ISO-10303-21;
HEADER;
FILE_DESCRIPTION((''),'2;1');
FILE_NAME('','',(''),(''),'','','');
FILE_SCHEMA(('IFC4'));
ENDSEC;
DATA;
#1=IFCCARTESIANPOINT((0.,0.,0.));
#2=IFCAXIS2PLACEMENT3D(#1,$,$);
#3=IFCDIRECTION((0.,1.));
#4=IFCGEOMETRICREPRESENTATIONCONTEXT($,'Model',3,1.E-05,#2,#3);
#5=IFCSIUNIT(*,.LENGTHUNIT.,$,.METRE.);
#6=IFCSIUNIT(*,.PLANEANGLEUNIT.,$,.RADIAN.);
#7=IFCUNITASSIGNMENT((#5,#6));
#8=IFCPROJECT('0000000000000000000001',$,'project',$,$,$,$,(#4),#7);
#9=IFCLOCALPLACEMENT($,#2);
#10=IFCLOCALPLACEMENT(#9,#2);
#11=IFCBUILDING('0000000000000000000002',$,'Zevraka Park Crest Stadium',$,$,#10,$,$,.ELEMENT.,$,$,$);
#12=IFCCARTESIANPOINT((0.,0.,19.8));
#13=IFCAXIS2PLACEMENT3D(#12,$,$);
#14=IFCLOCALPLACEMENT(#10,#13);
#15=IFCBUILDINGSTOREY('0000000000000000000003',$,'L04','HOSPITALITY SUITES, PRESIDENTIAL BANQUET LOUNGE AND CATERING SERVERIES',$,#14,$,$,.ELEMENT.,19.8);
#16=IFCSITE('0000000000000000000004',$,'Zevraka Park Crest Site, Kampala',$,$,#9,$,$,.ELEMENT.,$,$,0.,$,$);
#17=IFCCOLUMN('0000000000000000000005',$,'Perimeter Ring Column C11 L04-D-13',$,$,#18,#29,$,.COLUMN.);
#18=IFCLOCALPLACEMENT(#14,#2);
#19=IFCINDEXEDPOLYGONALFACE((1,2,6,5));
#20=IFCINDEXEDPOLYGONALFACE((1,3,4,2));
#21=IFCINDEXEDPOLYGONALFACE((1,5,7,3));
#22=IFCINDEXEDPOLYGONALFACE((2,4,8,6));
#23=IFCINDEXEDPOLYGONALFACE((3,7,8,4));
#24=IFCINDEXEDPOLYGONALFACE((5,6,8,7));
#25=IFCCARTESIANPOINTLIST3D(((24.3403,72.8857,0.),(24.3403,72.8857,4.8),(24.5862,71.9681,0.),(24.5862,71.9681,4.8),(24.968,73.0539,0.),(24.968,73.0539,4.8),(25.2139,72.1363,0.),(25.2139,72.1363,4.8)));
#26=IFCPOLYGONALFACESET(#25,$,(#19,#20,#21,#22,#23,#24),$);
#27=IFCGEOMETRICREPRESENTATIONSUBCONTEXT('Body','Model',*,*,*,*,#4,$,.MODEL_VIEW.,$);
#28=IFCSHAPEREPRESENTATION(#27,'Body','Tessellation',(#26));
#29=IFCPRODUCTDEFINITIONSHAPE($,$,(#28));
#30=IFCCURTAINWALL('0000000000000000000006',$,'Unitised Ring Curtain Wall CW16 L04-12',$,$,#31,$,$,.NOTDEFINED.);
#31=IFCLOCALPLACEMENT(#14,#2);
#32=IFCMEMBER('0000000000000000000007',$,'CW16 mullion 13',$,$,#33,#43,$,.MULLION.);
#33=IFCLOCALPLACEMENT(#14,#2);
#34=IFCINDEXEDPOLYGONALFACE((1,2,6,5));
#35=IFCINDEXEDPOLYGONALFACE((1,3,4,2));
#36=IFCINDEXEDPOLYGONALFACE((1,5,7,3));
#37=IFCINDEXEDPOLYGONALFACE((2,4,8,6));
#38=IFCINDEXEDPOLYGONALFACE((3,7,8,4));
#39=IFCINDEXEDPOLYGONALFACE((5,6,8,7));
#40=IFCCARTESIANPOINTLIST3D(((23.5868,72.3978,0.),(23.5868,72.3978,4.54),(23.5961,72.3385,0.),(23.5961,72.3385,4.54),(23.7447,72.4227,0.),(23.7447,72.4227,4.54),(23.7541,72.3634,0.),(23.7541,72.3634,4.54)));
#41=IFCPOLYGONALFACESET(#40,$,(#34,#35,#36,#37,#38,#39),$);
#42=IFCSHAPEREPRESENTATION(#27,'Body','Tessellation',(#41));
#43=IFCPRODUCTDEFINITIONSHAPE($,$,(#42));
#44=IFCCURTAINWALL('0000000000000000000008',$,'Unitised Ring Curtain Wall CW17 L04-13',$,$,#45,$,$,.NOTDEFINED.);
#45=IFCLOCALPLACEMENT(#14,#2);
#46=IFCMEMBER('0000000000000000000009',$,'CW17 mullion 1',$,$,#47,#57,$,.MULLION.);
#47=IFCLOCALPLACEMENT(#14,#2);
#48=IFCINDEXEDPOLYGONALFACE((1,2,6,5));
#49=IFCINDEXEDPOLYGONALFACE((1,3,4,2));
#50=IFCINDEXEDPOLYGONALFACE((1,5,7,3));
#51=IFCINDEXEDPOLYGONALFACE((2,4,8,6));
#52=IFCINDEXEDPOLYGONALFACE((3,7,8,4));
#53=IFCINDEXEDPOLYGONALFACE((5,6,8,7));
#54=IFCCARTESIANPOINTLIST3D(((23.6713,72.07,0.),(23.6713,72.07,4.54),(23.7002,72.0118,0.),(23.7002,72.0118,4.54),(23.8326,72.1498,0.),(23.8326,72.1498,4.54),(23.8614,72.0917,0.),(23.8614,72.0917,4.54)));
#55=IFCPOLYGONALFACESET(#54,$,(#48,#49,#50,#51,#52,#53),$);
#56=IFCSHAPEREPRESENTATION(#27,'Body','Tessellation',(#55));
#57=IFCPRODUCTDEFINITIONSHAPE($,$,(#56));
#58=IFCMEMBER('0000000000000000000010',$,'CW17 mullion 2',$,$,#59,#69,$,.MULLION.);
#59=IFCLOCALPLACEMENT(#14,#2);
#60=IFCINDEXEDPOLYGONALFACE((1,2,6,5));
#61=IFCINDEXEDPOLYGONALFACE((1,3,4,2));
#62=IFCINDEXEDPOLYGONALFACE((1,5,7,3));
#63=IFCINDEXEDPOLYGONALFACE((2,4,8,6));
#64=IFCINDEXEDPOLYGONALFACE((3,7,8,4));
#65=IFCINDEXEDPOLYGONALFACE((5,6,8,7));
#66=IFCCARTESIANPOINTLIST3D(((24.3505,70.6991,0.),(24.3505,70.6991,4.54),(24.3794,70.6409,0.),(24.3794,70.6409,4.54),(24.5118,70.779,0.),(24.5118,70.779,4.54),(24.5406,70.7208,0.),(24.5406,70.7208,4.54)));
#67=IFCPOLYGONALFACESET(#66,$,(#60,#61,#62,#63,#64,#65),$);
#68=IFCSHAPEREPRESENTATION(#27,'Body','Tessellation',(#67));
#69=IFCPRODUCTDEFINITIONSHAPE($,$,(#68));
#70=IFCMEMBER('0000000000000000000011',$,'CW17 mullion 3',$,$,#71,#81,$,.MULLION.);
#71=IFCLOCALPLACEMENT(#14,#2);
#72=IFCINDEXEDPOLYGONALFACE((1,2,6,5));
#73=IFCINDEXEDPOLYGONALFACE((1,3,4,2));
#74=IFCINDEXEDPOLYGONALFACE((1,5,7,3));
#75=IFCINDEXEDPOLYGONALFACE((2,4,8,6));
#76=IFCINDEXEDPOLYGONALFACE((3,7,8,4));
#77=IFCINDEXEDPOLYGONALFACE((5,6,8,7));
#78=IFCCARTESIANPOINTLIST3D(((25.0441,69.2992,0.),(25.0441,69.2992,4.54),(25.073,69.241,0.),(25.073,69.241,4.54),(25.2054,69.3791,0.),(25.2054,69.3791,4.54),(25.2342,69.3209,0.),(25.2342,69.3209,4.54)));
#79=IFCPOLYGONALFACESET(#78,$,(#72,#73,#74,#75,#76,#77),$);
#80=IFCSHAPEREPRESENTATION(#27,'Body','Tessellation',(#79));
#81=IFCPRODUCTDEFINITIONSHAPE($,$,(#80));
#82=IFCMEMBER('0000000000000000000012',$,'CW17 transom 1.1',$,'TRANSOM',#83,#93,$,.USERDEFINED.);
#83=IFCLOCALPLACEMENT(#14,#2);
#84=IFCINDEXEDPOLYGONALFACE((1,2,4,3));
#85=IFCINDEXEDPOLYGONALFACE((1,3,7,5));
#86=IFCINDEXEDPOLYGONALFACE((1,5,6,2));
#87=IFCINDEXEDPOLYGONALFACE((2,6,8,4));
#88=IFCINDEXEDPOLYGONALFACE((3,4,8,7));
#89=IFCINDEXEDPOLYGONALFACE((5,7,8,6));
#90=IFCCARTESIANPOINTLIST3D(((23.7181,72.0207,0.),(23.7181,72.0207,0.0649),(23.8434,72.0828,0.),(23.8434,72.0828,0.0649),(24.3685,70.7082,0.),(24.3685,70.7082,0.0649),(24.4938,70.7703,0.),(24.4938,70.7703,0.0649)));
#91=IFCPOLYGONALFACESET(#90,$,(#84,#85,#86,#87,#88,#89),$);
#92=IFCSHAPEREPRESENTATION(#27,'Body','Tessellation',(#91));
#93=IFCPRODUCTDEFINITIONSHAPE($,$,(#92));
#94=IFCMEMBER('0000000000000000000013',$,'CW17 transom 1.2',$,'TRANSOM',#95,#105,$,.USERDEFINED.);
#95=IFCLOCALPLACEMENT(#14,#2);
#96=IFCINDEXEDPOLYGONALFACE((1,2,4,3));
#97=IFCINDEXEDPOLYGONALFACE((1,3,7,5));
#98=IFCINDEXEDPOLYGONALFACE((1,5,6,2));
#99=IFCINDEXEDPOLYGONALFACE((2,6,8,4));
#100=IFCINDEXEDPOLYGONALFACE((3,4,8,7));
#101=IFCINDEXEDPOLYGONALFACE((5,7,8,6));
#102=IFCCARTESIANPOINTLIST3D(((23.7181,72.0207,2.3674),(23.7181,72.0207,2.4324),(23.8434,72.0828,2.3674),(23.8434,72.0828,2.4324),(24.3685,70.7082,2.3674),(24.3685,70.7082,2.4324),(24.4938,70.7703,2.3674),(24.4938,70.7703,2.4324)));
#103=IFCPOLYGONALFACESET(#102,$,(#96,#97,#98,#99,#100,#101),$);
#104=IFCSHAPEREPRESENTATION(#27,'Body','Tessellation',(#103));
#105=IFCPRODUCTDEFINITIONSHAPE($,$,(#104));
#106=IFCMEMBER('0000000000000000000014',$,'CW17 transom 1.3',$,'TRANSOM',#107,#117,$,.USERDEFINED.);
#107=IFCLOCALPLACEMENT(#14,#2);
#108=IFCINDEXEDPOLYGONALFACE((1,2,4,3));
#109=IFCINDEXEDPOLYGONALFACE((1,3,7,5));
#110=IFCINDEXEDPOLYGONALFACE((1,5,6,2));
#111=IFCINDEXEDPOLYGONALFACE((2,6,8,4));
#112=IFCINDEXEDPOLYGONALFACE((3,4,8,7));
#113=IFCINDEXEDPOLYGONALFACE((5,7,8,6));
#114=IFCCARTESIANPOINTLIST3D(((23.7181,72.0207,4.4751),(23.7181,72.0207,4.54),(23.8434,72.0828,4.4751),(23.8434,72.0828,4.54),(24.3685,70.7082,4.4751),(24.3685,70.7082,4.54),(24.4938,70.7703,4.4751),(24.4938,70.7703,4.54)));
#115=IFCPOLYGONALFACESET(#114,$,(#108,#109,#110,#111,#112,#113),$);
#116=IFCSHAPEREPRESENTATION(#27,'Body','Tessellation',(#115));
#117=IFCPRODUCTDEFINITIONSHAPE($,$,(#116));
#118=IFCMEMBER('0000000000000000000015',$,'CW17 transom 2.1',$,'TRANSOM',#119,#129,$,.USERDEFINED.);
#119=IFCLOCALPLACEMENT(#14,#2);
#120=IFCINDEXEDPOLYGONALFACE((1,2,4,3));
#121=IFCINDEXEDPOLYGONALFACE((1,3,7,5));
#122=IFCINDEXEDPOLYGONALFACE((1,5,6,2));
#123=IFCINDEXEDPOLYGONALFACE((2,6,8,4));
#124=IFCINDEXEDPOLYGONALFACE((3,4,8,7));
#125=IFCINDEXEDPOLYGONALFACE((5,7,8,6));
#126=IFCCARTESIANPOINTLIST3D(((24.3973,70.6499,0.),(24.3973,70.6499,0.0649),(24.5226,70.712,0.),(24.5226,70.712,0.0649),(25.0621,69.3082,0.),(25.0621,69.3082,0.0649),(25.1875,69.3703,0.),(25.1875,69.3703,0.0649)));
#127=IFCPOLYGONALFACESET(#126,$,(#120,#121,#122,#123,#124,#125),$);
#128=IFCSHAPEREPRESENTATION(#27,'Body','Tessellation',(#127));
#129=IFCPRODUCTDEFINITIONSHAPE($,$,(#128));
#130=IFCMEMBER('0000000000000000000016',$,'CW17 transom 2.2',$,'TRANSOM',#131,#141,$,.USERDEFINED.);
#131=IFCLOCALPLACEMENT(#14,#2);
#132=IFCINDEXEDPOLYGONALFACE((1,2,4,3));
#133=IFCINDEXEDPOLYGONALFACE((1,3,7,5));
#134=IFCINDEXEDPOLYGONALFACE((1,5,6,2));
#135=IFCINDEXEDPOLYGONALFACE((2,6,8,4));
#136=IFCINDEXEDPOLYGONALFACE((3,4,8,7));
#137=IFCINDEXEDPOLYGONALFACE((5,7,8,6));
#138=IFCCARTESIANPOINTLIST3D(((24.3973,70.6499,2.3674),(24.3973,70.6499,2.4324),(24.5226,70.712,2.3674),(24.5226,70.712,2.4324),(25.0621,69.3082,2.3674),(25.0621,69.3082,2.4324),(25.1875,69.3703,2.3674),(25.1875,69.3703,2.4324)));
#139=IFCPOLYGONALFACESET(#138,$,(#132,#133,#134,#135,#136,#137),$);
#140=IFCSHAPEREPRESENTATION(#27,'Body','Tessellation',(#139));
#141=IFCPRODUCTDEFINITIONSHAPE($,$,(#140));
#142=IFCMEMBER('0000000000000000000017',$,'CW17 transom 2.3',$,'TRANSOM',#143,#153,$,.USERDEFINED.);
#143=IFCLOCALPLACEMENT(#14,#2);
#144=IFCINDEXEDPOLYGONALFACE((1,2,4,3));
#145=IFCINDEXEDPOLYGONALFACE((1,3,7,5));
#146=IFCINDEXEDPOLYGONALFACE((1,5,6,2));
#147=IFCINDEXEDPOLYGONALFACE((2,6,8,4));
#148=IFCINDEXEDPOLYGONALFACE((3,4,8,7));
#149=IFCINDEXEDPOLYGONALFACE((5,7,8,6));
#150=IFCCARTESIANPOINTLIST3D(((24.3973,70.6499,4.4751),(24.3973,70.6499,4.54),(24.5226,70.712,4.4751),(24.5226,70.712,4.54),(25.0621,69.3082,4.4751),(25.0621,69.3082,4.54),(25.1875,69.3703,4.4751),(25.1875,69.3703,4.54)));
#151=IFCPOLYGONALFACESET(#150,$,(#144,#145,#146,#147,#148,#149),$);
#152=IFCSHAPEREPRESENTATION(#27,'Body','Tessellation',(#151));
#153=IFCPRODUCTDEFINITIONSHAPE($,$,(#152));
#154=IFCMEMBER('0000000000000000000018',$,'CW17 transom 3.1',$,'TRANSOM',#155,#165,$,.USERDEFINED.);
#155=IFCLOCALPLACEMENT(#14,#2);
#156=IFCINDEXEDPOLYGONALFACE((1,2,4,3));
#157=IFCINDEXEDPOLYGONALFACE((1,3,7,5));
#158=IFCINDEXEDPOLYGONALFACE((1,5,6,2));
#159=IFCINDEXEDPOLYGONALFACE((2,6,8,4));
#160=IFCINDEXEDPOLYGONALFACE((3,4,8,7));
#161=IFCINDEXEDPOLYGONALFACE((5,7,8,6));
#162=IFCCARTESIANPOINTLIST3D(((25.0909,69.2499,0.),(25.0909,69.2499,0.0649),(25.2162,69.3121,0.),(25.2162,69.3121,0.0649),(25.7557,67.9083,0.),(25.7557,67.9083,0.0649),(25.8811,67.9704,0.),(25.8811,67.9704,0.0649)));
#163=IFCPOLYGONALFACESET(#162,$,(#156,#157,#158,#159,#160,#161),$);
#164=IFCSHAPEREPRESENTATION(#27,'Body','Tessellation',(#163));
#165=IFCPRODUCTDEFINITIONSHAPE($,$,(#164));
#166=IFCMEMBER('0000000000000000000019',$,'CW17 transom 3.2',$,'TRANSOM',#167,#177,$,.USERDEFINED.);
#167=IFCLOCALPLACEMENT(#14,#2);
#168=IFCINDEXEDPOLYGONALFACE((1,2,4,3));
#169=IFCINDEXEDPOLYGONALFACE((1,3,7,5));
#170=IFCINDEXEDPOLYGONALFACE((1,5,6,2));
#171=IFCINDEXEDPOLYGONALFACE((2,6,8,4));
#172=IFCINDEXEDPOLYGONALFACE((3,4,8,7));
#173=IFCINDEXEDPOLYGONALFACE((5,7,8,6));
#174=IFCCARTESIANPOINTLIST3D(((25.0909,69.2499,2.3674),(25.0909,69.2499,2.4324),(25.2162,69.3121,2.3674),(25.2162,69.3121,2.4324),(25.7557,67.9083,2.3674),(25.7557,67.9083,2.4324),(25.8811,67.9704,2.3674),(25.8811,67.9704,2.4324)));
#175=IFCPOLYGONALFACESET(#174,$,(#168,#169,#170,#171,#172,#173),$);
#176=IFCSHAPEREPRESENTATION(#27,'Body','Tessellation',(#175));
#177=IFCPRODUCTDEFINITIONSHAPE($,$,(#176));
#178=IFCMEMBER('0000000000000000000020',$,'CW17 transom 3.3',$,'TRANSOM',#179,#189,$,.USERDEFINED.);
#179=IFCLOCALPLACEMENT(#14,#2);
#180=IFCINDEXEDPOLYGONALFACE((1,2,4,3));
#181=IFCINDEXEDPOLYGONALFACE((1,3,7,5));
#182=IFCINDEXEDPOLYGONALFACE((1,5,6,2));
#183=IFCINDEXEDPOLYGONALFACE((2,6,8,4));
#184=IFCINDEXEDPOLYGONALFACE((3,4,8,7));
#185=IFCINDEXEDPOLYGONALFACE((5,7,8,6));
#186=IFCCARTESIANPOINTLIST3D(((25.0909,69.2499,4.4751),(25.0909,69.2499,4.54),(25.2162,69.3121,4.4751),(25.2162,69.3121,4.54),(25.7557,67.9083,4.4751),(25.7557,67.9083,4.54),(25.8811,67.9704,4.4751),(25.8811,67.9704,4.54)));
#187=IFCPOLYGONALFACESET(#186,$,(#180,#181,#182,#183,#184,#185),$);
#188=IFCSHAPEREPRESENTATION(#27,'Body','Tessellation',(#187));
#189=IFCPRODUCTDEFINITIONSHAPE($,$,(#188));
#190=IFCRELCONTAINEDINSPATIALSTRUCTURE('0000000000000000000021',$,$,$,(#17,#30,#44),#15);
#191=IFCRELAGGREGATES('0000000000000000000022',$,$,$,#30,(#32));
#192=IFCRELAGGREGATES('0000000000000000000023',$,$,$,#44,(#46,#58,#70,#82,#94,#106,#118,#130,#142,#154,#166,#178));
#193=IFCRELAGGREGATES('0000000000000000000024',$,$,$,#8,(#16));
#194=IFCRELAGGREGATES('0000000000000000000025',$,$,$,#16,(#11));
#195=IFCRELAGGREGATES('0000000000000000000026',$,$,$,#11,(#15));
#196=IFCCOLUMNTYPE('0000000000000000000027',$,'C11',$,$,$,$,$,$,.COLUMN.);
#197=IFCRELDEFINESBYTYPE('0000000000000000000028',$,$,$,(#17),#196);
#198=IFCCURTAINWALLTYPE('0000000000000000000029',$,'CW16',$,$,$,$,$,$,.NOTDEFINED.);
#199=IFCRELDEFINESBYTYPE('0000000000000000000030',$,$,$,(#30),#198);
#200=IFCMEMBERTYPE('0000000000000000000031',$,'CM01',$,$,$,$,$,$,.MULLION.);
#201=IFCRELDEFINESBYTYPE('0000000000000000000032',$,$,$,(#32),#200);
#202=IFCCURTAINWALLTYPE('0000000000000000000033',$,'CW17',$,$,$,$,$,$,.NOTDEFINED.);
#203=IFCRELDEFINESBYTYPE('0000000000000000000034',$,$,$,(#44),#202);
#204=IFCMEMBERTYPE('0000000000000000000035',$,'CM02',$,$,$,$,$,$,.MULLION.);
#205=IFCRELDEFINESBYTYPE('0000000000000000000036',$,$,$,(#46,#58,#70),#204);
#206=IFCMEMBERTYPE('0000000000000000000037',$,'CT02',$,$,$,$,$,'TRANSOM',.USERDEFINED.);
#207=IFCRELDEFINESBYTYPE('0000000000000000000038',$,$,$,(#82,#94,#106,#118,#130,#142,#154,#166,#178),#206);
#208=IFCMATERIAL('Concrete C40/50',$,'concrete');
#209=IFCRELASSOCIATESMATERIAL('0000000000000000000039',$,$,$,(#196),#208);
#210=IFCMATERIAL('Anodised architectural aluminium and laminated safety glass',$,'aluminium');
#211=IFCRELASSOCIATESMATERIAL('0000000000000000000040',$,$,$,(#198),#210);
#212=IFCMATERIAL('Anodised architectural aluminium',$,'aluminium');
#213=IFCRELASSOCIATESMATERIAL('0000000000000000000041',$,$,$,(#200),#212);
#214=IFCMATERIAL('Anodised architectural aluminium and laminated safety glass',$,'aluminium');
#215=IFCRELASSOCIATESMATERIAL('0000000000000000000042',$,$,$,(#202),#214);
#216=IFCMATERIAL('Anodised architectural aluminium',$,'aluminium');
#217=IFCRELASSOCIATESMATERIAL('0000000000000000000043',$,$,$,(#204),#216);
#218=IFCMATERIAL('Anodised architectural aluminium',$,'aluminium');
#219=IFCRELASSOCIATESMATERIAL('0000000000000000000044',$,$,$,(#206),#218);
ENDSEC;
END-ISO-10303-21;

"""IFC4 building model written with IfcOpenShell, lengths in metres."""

from ifc_helpers import new_model, si_unit, direction, frame, origin, origin_2d, place, context, subcontext, project, spatial, rectangle, extrude, material, material_profile, profile_set, type_object, element, aggregate, save


model = new_model("IFC4")

# Units and contexts
model_context = context("Model", 3, precision=1e-05, world=origin(), true_north=direction((0.0, 1.0)))
body_context = subcontext(model_context, "Body", "Model", "MODEL_VIEW")
ifc_project = project(units=[si_unit("LENGTHUNIT", "METRE"), si_unit("PLANEANGLEUNIT", "RADIAN")], contexts=[model_context])

# Site, building, storey
site_placement = place(None, origin())
site = spatial("IfcSite", under=ifc_project, at=site_placement, Name="Zevraka Park Crest Site, Kampala", CompositionType="ELEMENT", RefElevation=0.0)
building_placement = place(site_placement, origin())
building = spatial("IfcBuilding", under=site, at=building_placement, Name="Zevraka Park Crest Stadium", CompositionType="ELEMENT")
storey_placement = place(building_placement, frame((0.0, 0.0, 19.8)))
storey = spatial("IfcBuildingStorey", under=building, at=storey_placement, Name="L04", Description="HOSPITALITY SUITES, PRESIDENTIAL BANQUET LOUNGE AND CATERING SERVERIES", CompositionType="ELEMENT", Elevation=19.8)

# Column
ifc_material_1 = material(Name="Concrete C40/50", Category="concrete")
ifc_material_profile_1 = material_profile(ifc_material_1, rectangle(XDim=0.6499, YDim=0.95, at=origin_2d()), Name="RC 950x650")
ifc_profile_set_1 = profile_set([ifc_material_profile_1], Name="Concrete C40/50")
column_type = type_object("IfcColumnType", Name="C11", PredefinedType="COLUMN", material=ifc_profile_set_1)
column_placement = place(storey_placement, frame((24.7771, 72.511, 0.0), z_axis=(0.0, 0.0, 1.0), x_axis=(0.965926, 0.258819, 0.0)))
element("IfcColumn", 1, at=column_placement, inside=storey, type_object=column_type, Name="Perimeter Ring Column C11 L04-D-13", PredefinedType="COLUMN", context=body_context, shape_type="SweptSolid", body=[
    extrude(rectangle(XDim=0.6499, YDim=0.95, at=origin_2d()), origin(), (0.0, 0.0, 1.0), 4.8),
])

# Curtain wall, member
ifc_material_2 = material(Name="Anodised architectural aluminium and laminated safety glass", Category="aluminium")
curtain_wall_type_1 = type_object("IfcCurtainWallType", Name="CW16", PredefinedType="NOTDEFINED", material=ifc_material_2)
curtain_wall_1_placement = place(storey_placement, origin())
curtain_wall_1 = element("IfcCurtainWall", 2, at=curtain_wall_1_placement, inside=storey, type_object=curtain_wall_type_1, Name="Unitised Ring Curtain Wall CW16 L04-12", PredefinedType="NOTDEFINED")
ifc_material_3 = material(Name="Anodised architectural aluminium", Category="aluminium")
ifc_material_profile_2 = material_profile(ifc_material_3, rectangle(XDim=0.1599, YDim=0.0601, at=origin_2d()), Name="ALU MULLION 160x60")
ifc_profile_set_2 = profile_set([ifc_material_profile_2], Name="Anodised architectural aluminium")
member_type_1 = type_object("IfcMemberType", Name="CM01", PredefinedType="MULLION", material=ifc_profile_set_2)
member_1_placement = place(storey_placement, frame((23.6704, 72.3806, 0.0), z_axis=(0.0, 0.0, 1.0), x_axis=(0.98783, 0.155539, 0.0)))
member_1 = element("IfcMember", 3, at=member_1_placement, type_object=member_type_1, Name="CW16 mullion 13", PredefinedType="MULLION", context=body_context, shape_type="SweptSolid", body=[
    extrude(rectangle(XDim=0.1599, YDim=0.0601, at=origin_2d()), origin(), (0.0, 0.0, 1.0), 4.54),
])

# Curtain wall, members
ifc_material_4 = material(Name="Anodised architectural aluminium and laminated safety glass", Category="aluminium")
curtain_wall_type_2 = type_object("IfcCurtainWallType", Name="CW17", PredefinedType="NOTDEFINED", material=ifc_material_4)
curtain_wall_2_placement = place(storey_placement, origin())
curtain_wall_2 = element("IfcCurtainWall", 4, at=curtain_wall_2_placement, inside=storey, type_object=curtain_wall_type_2, Name="Unitised Ring Curtain Wall CW17 L04-13", PredefinedType="NOTDEFINED")
ifc_material_5 = material(Name="Anodised architectural aluminium", Category="aluminium")
ifc_material_profile_3 = material_profile(ifc_material_5, rectangle(XDim=0.1799, YDim=0.0649, at=origin_2d()), Name="ALU MULLION 180x65")
ifc_profile_set_3 = profile_set([ifc_material_profile_3], Name="Anodised architectural aluminium")
member_type_2 = type_object("IfcMemberType", Name="CM02", PredefinedType="MULLION", material=ifc_profile_set_3)
member_2_placement = place(storey_placement, frame((23.7664, 72.0808, 0.0), z_axis=(0.0, 0.0, 1.0), x_axis=(0.896046, 0.443961, 0.0)))
member_2 = element("IfcMember", 5, at=member_2_placement, type_object=member_type_2, Name="CW17 mullion 1", PredefinedType="MULLION", context=body_context, shape_type="SweptSolid", body=[
    extrude(rectangle(XDim=0.1799, YDim=0.0649, at=origin_2d()), origin(), (0.0, 0.0, 1.0), 4.54),
])
member_3_placement = place(storey_placement, frame((24.4456, 70.71, 0.0), z_axis=(0.0, 0.0, 1.0), x_axis=(0.896046, 0.443961, 0.0)))
member_3 = element("IfcMember", 6, at=member_3_placement, type_object=member_type_2, Name="CW17 mullion 2", PredefinedType="MULLION", context=body_context, shape_type="SweptSolid", body=[
    extrude(rectangle(XDim=0.1799, YDim=0.0649, at=origin_2d()), origin(), (0.0, 0.0, 1.0), 4.54),
])
member_4_placement = place(storey_placement, frame((25.1392, 69.3101, 0.0), z_axis=(0.0, 0.0, 1.0), x_axis=(0.896046, 0.443961, 0.0)))
member_4 = element("IfcMember", 7, at=member_4_placement, type_object=member_type_2, Name="CW17 mullion 3", PredefinedType="MULLION", context=body_context, shape_type="SweptSolid", body=[
    extrude(rectangle(XDim=0.1799, YDim=0.0649, at=origin_2d()), origin(), (0.0, 0.0, 1.0), 4.54),
])
ifc_material_6 = material(Name="Anodised architectural aluminium", Category="aluminium")
ifc_material_profile_4 = material_profile(ifc_material_6, rectangle(XDim=0.1399, YDim=0.0649, at=origin_2d()), Name="ALU TRANSOM 140x65")
ifc_profile_set_4 = profile_set([ifc_material_profile_4], Name="Anodised architectural aluminium")
member_type_3 = type_object("IfcMemberType", Name="CT02", ElementType="TRANSOM", PredefinedType="USERDEFINED", material=ifc_profile_set_4)
member_5_placement = place(storey_placement, frame((23.7808, 72.0518, 0.0325), z_axis=(0.444011, -0.896022, 0.0), x_axis=(0.896022, 0.444011, 0.0)))
member_5 = element("IfcMember", 8, at=member_5_placement, type_object=member_type_3, Name="CW17 transom 1.1", ObjectType="TRANSOM", PredefinedType="USERDEFINED", context=body_context, shape_type="SweptSolid", body=[
    extrude(rectangle(XDim=0.1399, YDim=0.0649, at=origin_2d()), origin(), (0.0, 0.0, 1.0), 1.4648),
])
member_6_placement = place(storey_placement, frame((23.7808, 72.0518, 2.3999), z_axis=(0.444011, -0.896022, 0.0), x_axis=(0.896022, 0.444011, 0.0)))
member_6 = element("IfcMember", 9, at=member_6_placement, type_object=member_type_3, Name="CW17 transom 1.2", ObjectType="TRANSOM", PredefinedType="USERDEFINED", context=body_context, shape_type="SweptSolid", body=[
    extrude(rectangle(XDim=0.1399, YDim=0.0649, at=origin_2d()), origin(), (0.0, 0.0, 1.0), 1.4648),
])
member_7_placement = place(storey_placement, frame((23.7808, 72.0518, 4.5076), z_axis=(0.444011, -0.896022, 0.0), x_axis=(0.896022, 0.444011, 0.0)))
member_7 = element("IfcMember", 10, at=member_7_placement, type_object=member_type_3, Name="CW17 transom 1.3", ObjectType="TRANSOM", PredefinedType="USERDEFINED", context=body_context, shape_type="SweptSolid", body=[
    extrude(rectangle(XDim=0.1399, YDim=0.0649, at=origin_2d()), origin(), (0.0, 0.0, 1.0), 1.4648),
])
member_8_placement = place(storey_placement, frame((24.46, 70.6809, 0.0325), z_axis=(0.444015, -0.896019, 0.0), x_axis=(0.896019, 0.444015, 0.0)))
member_8 = element("IfcMember", 11, at=member_8_placement, type_object=member_type_3, Name="CW17 transom 2.1", ObjectType="TRANSOM", PredefinedType="USERDEFINED", context=body_context, shape_type="SweptSolid", body=[
    extrude(rectangle(XDim=0.1399, YDim=0.0649, at=origin_2d()), origin(), (0.0, 0.0, 1.0), 1.4973),
])
member_9_placement = place(storey_placement, frame((24.46, 70.6809, 2.3999), z_axis=(0.444015, -0.896019, 0.0), x_axis=(0.896019, 0.444015, 0.0)))
member_9 = element("IfcMember", 12, at=member_9_placement, type_object=member_type_3, Name="CW17 transom 2.2", ObjectType="TRANSOM", PredefinedType="USERDEFINED", context=body_context, shape_type="SweptSolid", body=[
    extrude(rectangle(XDim=0.1399, YDim=0.0649, at=origin_2d()), origin(), (0.0, 0.0, 1.0), 1.4973),
])
member_10_placement = place(storey_placement, frame((24.46, 70.6809, 4.5076), z_axis=(0.444015, -0.896019, 0.0), x_axis=(0.896019, 0.444015, 0.0)))
member_10 = element("IfcMember", 13, at=member_10_placement, type_object=member_type_3, Name="CW17 transom 2.3", ObjectType="TRANSOM", PredefinedType="USERDEFINED", context=body_context, shape_type="SweptSolid", body=[
    extrude(rectangle(XDim=0.1399, YDim=0.0649, at=origin_2d()), origin(), (0.0, 0.0, 1.0), 1.4973),
])
member_11_placement = place(storey_placement, frame((25.1536, 69.281, 0.0325), z_axis=(0.444015, -0.896019, 0.0), x_axis=(0.896019, 0.444015, 0.0)))
member_11 = element("IfcMember", 14, at=member_11_placement, type_object=member_type_3, Name="CW17 transom 3.1", ObjectType="TRANSOM", PredefinedType="USERDEFINED", context=body_context, shape_type="SweptSolid", body=[
    extrude(rectangle(XDim=0.1399, YDim=0.0649, at=origin_2d()), origin(), (0.0, 0.0, 1.0), 1.4973),
])
member_12_placement = place(storey_placement, frame((25.1536, 69.281, 2.3999), z_axis=(0.444015, -0.896019, 0.0), x_axis=(0.896019, 0.444015, 0.0)))
member_12 = element("IfcMember", 15, at=member_12_placement, type_object=member_type_3, Name="CW17 transom 3.2", ObjectType="TRANSOM", PredefinedType="USERDEFINED", context=body_context, shape_type="SweptSolid", body=[
    extrude(rectangle(XDim=0.1399, YDim=0.0649, at=origin_2d()), origin(), (0.0, 0.0, 1.0), 1.4973),
])
member_13_placement = place(storey_placement, frame((25.1536, 69.281, 4.5076), z_axis=(0.444015, -0.896019, 0.0), x_axis=(0.896019, 0.444015, 0.0)))
member_13 = element("IfcMember", 16, at=member_13_placement, type_object=member_type_3, Name="CW17 transom 3.3", ObjectType="TRANSOM", PredefinedType="USERDEFINED", context=body_context, shape_type="SweptSolid", body=[
    extrude(rectangle(XDim=0.1399, YDim=0.0649, at=origin_2d()), origin(), (0.0, 0.0, 1.0), 1.4973),
])

aggregate(curtain_wall_1, [member_1])
aggregate(curtain_wall_2, [member_2, member_3, member_4, member_5, member_6, member_7, member_8, member_9, member_10, member_11, member_12, member_13])

save(model, "model.ifc")
